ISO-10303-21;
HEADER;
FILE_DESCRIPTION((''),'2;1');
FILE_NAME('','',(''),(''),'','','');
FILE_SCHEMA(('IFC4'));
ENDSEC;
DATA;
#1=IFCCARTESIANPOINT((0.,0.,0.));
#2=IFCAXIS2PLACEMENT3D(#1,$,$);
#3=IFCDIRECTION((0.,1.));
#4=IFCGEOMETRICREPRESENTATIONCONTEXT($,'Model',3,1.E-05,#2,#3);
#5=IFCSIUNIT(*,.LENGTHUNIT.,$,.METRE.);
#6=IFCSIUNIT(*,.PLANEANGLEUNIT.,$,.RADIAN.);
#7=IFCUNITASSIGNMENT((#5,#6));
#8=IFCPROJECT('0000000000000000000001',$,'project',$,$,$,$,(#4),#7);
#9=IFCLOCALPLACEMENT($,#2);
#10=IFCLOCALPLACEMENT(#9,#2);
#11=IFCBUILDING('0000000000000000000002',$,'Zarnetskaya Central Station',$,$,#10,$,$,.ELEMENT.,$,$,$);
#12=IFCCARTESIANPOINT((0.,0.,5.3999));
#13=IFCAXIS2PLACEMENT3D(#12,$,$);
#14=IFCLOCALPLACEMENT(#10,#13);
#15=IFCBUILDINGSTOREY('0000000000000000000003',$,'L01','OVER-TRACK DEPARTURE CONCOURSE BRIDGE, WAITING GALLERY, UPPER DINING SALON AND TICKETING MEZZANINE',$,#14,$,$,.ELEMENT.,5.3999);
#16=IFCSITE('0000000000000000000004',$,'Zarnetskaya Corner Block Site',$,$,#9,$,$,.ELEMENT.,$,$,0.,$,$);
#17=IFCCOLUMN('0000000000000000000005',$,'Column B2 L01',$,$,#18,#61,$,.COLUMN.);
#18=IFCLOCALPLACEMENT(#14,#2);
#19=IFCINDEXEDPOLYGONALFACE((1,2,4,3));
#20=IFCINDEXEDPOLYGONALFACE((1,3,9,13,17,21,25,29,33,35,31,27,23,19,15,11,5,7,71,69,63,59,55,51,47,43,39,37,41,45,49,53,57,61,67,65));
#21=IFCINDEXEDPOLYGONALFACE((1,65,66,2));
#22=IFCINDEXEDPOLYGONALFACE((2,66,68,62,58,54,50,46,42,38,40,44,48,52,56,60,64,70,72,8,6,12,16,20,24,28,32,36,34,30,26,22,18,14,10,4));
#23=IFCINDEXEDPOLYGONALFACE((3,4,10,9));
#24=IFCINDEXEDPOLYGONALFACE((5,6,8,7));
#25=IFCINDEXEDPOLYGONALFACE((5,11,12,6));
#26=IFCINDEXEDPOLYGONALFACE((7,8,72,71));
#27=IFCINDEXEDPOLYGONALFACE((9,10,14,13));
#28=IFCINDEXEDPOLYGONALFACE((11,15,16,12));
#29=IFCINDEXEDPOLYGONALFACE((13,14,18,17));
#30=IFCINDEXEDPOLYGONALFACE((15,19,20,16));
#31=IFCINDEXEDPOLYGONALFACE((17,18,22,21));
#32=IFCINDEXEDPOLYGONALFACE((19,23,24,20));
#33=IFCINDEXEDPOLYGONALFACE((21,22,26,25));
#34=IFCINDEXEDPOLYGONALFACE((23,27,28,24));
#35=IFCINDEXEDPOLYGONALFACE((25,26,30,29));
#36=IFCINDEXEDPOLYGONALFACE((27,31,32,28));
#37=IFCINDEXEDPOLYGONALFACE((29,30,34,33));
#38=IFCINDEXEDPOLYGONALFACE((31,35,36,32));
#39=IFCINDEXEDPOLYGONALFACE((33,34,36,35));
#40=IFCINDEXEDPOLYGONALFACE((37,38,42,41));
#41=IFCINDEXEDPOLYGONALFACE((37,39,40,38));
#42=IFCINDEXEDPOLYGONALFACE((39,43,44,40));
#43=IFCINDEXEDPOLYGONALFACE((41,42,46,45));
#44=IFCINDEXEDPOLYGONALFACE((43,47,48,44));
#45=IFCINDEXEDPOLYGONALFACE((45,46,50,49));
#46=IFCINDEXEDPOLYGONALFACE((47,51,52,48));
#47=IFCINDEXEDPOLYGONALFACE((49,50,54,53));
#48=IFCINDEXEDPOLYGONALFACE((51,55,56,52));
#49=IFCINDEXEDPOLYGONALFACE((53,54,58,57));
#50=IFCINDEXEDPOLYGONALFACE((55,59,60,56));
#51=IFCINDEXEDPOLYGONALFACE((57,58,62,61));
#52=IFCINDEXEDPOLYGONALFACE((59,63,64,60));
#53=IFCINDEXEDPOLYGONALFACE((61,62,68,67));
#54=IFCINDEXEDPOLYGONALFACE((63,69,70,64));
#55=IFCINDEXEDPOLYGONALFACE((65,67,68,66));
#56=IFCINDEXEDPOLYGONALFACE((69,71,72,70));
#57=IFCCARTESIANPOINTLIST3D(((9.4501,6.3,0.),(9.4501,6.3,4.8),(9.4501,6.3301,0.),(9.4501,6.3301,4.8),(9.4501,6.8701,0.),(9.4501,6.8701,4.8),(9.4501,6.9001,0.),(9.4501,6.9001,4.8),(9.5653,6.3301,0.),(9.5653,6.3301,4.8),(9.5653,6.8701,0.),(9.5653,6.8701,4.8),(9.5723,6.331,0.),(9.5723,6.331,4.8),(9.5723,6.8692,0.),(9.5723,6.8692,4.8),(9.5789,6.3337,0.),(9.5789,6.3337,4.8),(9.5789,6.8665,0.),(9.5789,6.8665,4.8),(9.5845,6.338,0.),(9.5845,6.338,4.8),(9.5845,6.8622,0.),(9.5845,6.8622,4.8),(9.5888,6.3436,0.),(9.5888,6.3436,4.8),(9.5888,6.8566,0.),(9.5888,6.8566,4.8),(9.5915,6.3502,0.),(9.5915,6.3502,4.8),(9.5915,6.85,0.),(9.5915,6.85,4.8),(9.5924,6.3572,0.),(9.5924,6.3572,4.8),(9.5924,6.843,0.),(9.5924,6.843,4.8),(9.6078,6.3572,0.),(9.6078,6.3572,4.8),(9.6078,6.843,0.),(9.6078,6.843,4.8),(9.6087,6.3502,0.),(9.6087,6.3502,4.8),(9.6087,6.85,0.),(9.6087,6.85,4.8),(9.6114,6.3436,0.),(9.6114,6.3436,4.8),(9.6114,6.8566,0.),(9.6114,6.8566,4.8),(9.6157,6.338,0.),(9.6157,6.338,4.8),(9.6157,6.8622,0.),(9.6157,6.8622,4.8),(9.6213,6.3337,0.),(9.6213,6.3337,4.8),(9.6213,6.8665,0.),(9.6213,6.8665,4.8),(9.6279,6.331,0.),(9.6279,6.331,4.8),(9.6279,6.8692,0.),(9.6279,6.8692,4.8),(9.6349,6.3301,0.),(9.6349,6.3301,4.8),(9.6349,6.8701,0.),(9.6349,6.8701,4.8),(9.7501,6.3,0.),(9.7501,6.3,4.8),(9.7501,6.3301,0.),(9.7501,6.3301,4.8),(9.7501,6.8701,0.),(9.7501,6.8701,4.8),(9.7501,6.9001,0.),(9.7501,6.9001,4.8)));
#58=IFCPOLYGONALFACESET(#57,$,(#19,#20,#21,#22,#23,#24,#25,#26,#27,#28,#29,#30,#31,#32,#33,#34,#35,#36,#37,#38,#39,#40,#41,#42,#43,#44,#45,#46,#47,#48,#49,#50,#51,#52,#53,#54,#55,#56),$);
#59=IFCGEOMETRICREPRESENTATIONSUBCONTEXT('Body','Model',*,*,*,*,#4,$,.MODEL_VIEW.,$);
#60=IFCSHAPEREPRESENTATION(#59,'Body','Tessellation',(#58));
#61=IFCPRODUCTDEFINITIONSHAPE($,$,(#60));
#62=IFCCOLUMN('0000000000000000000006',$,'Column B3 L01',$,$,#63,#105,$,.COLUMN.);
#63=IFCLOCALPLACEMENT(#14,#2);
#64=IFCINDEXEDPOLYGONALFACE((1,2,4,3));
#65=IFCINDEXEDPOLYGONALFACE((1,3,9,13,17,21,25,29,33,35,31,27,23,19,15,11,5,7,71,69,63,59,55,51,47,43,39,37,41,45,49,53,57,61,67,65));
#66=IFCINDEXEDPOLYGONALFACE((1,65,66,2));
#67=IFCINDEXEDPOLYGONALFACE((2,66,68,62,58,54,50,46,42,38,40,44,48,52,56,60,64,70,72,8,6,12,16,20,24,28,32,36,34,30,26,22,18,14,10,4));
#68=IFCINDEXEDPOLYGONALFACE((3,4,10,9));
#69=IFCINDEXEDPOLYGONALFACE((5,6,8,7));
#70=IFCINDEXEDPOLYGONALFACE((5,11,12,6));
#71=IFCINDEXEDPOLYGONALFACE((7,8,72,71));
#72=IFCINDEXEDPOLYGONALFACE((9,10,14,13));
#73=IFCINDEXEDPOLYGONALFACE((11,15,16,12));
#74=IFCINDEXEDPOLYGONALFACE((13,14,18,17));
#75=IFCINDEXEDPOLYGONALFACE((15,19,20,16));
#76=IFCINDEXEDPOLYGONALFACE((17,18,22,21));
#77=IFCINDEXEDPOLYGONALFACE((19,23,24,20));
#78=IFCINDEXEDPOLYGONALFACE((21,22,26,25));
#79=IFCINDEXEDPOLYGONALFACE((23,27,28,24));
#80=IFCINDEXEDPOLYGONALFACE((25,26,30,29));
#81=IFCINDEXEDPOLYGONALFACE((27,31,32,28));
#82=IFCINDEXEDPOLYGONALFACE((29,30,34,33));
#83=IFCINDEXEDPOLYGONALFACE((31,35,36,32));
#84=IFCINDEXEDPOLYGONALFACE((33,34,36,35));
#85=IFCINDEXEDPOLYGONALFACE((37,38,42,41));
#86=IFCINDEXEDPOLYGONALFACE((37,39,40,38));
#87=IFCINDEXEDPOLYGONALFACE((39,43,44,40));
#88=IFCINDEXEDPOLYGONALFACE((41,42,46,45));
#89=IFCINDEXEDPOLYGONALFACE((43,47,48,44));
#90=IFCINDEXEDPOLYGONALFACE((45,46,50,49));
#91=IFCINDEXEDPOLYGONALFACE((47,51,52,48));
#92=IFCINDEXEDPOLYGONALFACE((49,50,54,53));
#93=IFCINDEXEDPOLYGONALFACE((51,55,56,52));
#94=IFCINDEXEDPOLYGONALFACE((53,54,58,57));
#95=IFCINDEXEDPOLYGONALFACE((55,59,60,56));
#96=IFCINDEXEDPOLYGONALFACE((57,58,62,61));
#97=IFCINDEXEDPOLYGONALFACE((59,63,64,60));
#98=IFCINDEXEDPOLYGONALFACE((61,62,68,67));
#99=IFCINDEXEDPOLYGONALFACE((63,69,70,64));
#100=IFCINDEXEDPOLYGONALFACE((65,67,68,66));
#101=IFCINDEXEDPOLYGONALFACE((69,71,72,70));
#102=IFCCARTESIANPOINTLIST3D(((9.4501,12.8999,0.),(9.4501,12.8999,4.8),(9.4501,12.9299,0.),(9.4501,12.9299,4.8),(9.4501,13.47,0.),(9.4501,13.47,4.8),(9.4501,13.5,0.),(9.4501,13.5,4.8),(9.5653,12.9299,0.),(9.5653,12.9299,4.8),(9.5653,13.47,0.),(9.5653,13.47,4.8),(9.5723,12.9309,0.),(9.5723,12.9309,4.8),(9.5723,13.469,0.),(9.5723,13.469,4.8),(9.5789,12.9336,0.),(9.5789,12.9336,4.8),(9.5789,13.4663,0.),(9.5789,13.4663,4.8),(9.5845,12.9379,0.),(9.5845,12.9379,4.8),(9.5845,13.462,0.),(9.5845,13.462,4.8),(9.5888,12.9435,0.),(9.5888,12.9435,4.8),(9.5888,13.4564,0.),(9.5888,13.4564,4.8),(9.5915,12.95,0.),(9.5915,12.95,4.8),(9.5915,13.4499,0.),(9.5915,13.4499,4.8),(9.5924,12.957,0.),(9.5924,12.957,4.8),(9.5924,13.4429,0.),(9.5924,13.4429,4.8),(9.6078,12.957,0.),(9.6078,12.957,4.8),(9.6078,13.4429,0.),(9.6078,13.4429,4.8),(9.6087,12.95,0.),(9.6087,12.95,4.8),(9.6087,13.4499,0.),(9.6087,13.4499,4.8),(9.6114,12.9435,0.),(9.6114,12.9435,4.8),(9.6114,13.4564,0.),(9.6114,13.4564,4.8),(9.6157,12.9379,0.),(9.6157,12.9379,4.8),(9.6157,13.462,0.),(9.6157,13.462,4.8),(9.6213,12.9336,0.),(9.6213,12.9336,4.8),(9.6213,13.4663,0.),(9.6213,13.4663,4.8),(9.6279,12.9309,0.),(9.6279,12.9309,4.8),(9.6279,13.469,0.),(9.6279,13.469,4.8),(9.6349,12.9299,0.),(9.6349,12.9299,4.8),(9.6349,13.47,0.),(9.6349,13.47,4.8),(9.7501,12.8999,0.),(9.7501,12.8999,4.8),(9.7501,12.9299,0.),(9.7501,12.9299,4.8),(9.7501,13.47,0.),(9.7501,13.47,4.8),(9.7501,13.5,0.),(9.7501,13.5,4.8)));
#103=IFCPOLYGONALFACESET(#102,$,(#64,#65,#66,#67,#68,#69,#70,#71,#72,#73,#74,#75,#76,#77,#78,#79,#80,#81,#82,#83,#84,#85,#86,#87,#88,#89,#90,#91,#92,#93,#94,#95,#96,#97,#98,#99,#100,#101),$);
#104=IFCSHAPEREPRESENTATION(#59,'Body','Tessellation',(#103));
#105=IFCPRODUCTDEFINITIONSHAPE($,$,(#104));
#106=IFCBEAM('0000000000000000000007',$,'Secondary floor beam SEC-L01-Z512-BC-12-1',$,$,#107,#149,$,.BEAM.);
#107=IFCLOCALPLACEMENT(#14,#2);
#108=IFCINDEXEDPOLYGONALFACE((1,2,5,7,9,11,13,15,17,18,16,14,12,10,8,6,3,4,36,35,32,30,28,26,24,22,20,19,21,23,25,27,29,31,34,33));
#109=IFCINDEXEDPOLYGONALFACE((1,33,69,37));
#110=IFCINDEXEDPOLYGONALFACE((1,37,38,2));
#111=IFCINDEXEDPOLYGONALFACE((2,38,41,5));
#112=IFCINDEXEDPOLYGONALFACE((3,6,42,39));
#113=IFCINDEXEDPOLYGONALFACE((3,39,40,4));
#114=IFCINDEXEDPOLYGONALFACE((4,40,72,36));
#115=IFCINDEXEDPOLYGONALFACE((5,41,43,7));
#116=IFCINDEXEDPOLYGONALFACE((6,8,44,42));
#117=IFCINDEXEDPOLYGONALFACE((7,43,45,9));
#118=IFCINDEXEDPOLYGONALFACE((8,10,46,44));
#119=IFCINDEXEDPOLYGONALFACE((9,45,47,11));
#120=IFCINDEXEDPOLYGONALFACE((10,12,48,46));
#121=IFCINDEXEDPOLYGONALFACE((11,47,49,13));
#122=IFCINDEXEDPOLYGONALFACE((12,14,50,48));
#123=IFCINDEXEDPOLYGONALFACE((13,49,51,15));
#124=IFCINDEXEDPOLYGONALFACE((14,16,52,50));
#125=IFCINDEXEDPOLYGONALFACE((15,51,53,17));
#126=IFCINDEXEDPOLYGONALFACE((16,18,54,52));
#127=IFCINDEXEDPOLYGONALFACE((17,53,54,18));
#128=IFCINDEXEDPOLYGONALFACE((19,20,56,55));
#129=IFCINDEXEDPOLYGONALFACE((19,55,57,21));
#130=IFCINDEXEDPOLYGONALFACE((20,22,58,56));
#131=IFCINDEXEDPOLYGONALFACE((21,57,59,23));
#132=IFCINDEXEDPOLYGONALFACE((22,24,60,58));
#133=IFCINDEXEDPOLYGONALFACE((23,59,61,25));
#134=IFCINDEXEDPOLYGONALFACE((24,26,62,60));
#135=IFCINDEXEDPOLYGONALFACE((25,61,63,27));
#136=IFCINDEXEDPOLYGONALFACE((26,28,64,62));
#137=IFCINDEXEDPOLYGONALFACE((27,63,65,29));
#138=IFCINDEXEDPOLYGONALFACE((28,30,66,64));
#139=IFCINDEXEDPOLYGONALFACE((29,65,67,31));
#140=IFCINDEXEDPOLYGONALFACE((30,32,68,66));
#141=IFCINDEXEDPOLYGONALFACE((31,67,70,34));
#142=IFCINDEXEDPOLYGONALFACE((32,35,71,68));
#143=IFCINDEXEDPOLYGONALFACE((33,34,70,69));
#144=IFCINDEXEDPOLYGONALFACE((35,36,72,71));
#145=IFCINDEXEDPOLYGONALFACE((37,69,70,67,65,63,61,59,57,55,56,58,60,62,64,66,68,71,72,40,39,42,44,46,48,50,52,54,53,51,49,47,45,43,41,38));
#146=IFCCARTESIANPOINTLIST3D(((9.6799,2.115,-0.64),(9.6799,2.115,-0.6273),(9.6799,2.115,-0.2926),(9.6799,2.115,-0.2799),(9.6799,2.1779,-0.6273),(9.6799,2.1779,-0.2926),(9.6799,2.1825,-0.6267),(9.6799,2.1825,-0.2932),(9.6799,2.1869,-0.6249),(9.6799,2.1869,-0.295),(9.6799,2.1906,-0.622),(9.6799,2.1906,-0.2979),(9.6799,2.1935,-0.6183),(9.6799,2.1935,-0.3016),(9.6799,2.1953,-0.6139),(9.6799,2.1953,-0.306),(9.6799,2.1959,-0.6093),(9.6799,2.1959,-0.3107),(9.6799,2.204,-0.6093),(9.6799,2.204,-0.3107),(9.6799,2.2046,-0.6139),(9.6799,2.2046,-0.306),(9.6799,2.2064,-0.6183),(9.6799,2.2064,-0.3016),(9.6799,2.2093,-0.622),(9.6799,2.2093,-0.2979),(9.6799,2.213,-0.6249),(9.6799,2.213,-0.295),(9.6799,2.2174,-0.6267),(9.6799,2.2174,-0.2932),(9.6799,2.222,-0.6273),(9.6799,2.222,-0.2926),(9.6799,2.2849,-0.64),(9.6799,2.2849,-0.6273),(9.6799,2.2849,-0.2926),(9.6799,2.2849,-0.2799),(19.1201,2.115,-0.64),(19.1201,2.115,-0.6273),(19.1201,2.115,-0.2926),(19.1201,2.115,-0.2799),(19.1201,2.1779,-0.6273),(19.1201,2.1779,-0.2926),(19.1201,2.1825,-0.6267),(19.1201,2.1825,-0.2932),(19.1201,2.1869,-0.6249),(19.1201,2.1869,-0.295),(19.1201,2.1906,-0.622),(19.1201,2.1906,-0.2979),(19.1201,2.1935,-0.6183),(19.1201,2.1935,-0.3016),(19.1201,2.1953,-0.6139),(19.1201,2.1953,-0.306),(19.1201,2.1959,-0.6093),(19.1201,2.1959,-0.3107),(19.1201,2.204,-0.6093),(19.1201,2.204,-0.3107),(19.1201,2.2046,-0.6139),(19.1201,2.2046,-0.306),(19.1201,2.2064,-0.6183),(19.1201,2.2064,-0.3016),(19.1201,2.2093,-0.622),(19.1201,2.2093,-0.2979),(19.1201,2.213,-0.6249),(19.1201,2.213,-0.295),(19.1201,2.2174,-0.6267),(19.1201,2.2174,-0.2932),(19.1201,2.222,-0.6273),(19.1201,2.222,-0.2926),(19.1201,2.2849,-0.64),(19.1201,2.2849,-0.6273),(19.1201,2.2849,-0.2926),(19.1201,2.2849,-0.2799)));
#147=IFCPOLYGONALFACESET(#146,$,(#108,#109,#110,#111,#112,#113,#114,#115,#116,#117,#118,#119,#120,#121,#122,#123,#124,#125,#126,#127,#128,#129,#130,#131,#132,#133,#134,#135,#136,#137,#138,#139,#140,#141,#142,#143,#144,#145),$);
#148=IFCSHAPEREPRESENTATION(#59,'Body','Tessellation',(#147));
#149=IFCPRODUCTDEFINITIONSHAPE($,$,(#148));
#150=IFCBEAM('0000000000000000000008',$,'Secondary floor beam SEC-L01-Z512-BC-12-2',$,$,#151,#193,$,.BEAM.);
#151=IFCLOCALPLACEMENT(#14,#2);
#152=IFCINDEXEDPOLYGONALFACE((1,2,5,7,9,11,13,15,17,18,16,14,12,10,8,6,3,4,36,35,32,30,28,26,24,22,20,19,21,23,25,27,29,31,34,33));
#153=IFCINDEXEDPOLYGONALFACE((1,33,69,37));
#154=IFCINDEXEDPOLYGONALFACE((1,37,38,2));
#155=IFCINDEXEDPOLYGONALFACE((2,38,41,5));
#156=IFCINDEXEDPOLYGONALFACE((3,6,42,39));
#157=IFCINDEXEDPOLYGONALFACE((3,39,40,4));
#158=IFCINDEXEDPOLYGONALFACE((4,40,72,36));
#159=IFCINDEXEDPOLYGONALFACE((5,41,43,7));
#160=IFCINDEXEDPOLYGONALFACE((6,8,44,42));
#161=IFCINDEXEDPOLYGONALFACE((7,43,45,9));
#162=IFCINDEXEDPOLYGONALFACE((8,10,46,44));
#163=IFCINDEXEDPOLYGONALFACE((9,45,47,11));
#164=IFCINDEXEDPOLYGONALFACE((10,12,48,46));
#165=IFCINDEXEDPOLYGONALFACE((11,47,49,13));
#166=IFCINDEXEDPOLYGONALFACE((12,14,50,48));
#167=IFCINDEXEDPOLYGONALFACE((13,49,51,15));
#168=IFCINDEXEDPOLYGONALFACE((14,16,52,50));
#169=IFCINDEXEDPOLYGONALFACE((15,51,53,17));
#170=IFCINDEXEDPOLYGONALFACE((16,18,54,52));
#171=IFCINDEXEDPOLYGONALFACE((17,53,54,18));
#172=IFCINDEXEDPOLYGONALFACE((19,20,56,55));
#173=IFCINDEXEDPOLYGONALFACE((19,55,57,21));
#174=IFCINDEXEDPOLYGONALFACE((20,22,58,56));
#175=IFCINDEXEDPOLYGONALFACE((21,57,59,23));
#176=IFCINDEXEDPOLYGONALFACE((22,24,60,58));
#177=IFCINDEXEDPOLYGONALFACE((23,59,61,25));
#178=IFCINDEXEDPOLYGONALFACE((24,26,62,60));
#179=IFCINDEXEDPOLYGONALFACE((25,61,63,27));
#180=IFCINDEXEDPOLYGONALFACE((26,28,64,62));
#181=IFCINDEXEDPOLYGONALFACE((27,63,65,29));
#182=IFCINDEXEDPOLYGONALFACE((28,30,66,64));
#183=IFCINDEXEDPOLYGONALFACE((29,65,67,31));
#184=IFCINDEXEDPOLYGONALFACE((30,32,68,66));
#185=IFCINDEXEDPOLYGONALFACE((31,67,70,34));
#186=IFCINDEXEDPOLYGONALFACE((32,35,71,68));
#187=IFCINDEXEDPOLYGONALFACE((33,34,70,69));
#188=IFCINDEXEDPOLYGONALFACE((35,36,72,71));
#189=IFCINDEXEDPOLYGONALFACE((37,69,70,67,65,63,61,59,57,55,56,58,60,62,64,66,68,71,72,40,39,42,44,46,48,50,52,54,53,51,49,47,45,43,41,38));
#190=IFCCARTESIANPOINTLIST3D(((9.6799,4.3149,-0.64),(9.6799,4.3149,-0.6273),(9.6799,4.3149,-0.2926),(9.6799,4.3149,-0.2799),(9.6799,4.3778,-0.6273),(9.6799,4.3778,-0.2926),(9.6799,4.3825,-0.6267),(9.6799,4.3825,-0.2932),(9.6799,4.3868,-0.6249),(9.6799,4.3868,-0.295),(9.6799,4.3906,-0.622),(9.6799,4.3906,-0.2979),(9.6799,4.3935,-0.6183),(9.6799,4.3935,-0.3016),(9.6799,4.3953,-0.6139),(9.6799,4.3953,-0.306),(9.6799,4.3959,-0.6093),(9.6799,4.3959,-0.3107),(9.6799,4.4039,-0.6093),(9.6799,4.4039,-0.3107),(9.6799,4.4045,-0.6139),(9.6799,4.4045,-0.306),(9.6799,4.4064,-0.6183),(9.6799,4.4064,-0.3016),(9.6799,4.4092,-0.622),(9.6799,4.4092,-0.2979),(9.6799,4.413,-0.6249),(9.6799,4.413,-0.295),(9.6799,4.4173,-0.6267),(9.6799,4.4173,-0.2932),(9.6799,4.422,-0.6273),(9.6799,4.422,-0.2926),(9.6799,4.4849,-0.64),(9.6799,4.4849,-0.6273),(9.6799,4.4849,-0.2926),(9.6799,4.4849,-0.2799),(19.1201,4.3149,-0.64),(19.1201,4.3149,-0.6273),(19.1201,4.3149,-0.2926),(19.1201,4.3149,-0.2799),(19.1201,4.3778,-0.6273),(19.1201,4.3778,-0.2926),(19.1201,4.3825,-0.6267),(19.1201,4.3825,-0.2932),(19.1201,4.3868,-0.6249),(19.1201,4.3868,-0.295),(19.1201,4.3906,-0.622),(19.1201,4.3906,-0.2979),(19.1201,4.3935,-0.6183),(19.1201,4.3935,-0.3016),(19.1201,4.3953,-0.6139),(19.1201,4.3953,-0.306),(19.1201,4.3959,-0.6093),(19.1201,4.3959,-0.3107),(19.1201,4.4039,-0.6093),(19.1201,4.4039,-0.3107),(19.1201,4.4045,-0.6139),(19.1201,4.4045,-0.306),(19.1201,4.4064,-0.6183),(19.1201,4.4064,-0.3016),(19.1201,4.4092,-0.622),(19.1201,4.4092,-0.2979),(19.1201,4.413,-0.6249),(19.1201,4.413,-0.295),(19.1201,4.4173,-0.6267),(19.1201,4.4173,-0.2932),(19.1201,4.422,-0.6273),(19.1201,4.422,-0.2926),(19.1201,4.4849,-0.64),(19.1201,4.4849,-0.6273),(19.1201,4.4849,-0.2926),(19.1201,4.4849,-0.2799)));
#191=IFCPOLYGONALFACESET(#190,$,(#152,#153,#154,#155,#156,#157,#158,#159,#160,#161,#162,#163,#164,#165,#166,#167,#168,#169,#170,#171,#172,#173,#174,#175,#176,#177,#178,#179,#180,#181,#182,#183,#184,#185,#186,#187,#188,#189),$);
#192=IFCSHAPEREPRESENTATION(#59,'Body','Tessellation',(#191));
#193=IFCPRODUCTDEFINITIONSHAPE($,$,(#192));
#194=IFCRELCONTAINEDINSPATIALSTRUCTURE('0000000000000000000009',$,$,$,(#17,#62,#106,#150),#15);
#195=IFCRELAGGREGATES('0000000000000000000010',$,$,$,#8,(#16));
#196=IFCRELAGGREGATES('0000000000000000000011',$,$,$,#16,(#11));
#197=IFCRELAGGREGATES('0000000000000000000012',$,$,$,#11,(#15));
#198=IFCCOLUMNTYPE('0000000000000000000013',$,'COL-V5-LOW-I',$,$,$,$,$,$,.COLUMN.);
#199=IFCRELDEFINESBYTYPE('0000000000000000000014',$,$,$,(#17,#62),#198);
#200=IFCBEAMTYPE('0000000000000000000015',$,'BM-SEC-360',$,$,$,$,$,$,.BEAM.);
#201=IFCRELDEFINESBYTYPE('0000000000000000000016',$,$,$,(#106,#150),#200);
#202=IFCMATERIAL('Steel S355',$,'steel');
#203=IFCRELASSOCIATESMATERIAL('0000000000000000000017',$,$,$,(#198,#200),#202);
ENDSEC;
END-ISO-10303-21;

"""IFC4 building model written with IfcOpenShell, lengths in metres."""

from ifc_helpers import new_model, si_unit, direction, frame, origin, origin_2d, place, context, subcontext, project, spatial, i_section, extrude, material, material_profile, profile_set, type_object, element, save


model = new_model("IFC4")

# Units and contexts
model_context = context("Model", 3, precision=1e-05, world=origin(), true_north=direction((0.0, 1.0)))
body_context = subcontext(model_context, "Body", "Model", "MODEL_VIEW")
ifc_project = project(units=[si_unit("LENGTHUNIT", "METRE"), si_unit("PLANEANGLEUNIT", "RADIAN")], contexts=[model_context])

# Site, building, storey
site_placement = place(None, origin())
site = spatial("IfcSite", under=ifc_project, at=site_placement, Name="Zarnetskaya Corner Block Site", CompositionType="ELEMENT", RefElevation=0.0)
building_placement = place(site_placement, origin())
building = spatial("IfcBuilding", under=site, at=building_placement, Name="Zarnetskaya Central Station", CompositionType="ELEMENT")
storey_placement = place(building_placement, frame((0.0, 0.0, 5.3999)))
storey = spatial("IfcBuildingStorey", under=building, at=storey_placement, Name="L01", Description="OVER-TRACK DEPARTURE CONCOURSE BRIDGE, WAITING GALLERY, UPPER DINING SALON AND TICKETING MEZZANINE", CompositionType="ELEMENT", Elevation=5.3999)

# Columns
ifc_material_1 = material(Name="Steel S355", Category="steel")
ifc_material_profile_1 = material_profile(ifc_material_1, i_section(OverallWidth=0.3, OverallDepth=0.6001, WebThickness=0.0154, FlangeThickness=0.03, FilletRadius=0.0271, at=origin_2d()), Name="HEB 600")
ifc_profile_set_1 = profile_set([ifc_material_profile_1], Name="Steel S355")
column_type = type_object("IfcColumnType", Name="COL-V5-LOW-I", PredefinedType="COLUMN", material=ifc_profile_set_1)
for number, where, z_axis, x_axis, name in (
    (1, (9.6001, 6.6001, 0.0), (0.0, 0.0, 1.0), (1.0, 0.0, 0.0), "Column B2 L01"),
    (2, (9.6001, 13.2, 0.0), (0.0, 0.0, 1.0), (1.0, 0.0, 0.0), "Column B3 L01"),
):
    element("IfcColumn", number, at=place(storey_placement, frame(where, z_axis=z_axis, x_axis=x_axis)), inside=storey, type_object=column_type, Name=name, PredefinedType="COLUMN", context=body_context, shape_type="SweptSolid", body=[
        extrude(i_section(OverallWidth=0.3, OverallDepth=0.6001, WebThickness=0.0154, FlangeThickness=0.03, FilletRadius=0.0271, at=origin_2d()), origin(), (0.0, 0.0, 1.0), 4.8),
    ])

# Beams
ifc_material_profile_2 = material_profile(ifc_material_1, i_section(OverallWidth=0.1699, OverallDepth=0.3601, WebThickness=0.0081, FlangeThickness=0.0127, FilletRadius=0.0181, at=origin_2d()), Name="IPE 360")
ifc_profile_set_2 = profile_set([ifc_material_profile_2], Name="Steel S355")
beam_type_1 = type_object("IfcBeamType", Name="BM-SEC-360", PredefinedType="BEAM", material=ifc_profile_set_2)
for number, where, z_axis, x_axis, name in (
    (3, (9.6799, 2.2, -0.46), (1.0, 0.0, 0.0), (0.0, 1.0, 0.0), "Secondary floor beam SEC-L01-Z512-BC-12-1"),
    (4, (9.6799, 4.3999, -0.46), (1.0, 0.0, 0.0), (0.0, 1.0, 0.0), "Secondary floor beam SEC-L01-Z512-BC-12-2"),
):
    element("IfcBeam", number, at=place(storey_placement, frame(where, z_axis=z_axis, x_axis=x_axis)), inside=storey, type_object=beam_type_1, Name=name, PredefinedType="BEAM", context=body_context, shape_type="SweptSolid", body=[
        extrude(i_section(OverallWidth=0.1699, OverallDepth=0.3601, WebThickness=0.0081, FlangeThickness=0.0127, FilletRadius=0.0181, at=origin_2d()), origin(), (0.0, 0.0, 1.0), 9.4402),
    ])

save(model, "model.ifc")
